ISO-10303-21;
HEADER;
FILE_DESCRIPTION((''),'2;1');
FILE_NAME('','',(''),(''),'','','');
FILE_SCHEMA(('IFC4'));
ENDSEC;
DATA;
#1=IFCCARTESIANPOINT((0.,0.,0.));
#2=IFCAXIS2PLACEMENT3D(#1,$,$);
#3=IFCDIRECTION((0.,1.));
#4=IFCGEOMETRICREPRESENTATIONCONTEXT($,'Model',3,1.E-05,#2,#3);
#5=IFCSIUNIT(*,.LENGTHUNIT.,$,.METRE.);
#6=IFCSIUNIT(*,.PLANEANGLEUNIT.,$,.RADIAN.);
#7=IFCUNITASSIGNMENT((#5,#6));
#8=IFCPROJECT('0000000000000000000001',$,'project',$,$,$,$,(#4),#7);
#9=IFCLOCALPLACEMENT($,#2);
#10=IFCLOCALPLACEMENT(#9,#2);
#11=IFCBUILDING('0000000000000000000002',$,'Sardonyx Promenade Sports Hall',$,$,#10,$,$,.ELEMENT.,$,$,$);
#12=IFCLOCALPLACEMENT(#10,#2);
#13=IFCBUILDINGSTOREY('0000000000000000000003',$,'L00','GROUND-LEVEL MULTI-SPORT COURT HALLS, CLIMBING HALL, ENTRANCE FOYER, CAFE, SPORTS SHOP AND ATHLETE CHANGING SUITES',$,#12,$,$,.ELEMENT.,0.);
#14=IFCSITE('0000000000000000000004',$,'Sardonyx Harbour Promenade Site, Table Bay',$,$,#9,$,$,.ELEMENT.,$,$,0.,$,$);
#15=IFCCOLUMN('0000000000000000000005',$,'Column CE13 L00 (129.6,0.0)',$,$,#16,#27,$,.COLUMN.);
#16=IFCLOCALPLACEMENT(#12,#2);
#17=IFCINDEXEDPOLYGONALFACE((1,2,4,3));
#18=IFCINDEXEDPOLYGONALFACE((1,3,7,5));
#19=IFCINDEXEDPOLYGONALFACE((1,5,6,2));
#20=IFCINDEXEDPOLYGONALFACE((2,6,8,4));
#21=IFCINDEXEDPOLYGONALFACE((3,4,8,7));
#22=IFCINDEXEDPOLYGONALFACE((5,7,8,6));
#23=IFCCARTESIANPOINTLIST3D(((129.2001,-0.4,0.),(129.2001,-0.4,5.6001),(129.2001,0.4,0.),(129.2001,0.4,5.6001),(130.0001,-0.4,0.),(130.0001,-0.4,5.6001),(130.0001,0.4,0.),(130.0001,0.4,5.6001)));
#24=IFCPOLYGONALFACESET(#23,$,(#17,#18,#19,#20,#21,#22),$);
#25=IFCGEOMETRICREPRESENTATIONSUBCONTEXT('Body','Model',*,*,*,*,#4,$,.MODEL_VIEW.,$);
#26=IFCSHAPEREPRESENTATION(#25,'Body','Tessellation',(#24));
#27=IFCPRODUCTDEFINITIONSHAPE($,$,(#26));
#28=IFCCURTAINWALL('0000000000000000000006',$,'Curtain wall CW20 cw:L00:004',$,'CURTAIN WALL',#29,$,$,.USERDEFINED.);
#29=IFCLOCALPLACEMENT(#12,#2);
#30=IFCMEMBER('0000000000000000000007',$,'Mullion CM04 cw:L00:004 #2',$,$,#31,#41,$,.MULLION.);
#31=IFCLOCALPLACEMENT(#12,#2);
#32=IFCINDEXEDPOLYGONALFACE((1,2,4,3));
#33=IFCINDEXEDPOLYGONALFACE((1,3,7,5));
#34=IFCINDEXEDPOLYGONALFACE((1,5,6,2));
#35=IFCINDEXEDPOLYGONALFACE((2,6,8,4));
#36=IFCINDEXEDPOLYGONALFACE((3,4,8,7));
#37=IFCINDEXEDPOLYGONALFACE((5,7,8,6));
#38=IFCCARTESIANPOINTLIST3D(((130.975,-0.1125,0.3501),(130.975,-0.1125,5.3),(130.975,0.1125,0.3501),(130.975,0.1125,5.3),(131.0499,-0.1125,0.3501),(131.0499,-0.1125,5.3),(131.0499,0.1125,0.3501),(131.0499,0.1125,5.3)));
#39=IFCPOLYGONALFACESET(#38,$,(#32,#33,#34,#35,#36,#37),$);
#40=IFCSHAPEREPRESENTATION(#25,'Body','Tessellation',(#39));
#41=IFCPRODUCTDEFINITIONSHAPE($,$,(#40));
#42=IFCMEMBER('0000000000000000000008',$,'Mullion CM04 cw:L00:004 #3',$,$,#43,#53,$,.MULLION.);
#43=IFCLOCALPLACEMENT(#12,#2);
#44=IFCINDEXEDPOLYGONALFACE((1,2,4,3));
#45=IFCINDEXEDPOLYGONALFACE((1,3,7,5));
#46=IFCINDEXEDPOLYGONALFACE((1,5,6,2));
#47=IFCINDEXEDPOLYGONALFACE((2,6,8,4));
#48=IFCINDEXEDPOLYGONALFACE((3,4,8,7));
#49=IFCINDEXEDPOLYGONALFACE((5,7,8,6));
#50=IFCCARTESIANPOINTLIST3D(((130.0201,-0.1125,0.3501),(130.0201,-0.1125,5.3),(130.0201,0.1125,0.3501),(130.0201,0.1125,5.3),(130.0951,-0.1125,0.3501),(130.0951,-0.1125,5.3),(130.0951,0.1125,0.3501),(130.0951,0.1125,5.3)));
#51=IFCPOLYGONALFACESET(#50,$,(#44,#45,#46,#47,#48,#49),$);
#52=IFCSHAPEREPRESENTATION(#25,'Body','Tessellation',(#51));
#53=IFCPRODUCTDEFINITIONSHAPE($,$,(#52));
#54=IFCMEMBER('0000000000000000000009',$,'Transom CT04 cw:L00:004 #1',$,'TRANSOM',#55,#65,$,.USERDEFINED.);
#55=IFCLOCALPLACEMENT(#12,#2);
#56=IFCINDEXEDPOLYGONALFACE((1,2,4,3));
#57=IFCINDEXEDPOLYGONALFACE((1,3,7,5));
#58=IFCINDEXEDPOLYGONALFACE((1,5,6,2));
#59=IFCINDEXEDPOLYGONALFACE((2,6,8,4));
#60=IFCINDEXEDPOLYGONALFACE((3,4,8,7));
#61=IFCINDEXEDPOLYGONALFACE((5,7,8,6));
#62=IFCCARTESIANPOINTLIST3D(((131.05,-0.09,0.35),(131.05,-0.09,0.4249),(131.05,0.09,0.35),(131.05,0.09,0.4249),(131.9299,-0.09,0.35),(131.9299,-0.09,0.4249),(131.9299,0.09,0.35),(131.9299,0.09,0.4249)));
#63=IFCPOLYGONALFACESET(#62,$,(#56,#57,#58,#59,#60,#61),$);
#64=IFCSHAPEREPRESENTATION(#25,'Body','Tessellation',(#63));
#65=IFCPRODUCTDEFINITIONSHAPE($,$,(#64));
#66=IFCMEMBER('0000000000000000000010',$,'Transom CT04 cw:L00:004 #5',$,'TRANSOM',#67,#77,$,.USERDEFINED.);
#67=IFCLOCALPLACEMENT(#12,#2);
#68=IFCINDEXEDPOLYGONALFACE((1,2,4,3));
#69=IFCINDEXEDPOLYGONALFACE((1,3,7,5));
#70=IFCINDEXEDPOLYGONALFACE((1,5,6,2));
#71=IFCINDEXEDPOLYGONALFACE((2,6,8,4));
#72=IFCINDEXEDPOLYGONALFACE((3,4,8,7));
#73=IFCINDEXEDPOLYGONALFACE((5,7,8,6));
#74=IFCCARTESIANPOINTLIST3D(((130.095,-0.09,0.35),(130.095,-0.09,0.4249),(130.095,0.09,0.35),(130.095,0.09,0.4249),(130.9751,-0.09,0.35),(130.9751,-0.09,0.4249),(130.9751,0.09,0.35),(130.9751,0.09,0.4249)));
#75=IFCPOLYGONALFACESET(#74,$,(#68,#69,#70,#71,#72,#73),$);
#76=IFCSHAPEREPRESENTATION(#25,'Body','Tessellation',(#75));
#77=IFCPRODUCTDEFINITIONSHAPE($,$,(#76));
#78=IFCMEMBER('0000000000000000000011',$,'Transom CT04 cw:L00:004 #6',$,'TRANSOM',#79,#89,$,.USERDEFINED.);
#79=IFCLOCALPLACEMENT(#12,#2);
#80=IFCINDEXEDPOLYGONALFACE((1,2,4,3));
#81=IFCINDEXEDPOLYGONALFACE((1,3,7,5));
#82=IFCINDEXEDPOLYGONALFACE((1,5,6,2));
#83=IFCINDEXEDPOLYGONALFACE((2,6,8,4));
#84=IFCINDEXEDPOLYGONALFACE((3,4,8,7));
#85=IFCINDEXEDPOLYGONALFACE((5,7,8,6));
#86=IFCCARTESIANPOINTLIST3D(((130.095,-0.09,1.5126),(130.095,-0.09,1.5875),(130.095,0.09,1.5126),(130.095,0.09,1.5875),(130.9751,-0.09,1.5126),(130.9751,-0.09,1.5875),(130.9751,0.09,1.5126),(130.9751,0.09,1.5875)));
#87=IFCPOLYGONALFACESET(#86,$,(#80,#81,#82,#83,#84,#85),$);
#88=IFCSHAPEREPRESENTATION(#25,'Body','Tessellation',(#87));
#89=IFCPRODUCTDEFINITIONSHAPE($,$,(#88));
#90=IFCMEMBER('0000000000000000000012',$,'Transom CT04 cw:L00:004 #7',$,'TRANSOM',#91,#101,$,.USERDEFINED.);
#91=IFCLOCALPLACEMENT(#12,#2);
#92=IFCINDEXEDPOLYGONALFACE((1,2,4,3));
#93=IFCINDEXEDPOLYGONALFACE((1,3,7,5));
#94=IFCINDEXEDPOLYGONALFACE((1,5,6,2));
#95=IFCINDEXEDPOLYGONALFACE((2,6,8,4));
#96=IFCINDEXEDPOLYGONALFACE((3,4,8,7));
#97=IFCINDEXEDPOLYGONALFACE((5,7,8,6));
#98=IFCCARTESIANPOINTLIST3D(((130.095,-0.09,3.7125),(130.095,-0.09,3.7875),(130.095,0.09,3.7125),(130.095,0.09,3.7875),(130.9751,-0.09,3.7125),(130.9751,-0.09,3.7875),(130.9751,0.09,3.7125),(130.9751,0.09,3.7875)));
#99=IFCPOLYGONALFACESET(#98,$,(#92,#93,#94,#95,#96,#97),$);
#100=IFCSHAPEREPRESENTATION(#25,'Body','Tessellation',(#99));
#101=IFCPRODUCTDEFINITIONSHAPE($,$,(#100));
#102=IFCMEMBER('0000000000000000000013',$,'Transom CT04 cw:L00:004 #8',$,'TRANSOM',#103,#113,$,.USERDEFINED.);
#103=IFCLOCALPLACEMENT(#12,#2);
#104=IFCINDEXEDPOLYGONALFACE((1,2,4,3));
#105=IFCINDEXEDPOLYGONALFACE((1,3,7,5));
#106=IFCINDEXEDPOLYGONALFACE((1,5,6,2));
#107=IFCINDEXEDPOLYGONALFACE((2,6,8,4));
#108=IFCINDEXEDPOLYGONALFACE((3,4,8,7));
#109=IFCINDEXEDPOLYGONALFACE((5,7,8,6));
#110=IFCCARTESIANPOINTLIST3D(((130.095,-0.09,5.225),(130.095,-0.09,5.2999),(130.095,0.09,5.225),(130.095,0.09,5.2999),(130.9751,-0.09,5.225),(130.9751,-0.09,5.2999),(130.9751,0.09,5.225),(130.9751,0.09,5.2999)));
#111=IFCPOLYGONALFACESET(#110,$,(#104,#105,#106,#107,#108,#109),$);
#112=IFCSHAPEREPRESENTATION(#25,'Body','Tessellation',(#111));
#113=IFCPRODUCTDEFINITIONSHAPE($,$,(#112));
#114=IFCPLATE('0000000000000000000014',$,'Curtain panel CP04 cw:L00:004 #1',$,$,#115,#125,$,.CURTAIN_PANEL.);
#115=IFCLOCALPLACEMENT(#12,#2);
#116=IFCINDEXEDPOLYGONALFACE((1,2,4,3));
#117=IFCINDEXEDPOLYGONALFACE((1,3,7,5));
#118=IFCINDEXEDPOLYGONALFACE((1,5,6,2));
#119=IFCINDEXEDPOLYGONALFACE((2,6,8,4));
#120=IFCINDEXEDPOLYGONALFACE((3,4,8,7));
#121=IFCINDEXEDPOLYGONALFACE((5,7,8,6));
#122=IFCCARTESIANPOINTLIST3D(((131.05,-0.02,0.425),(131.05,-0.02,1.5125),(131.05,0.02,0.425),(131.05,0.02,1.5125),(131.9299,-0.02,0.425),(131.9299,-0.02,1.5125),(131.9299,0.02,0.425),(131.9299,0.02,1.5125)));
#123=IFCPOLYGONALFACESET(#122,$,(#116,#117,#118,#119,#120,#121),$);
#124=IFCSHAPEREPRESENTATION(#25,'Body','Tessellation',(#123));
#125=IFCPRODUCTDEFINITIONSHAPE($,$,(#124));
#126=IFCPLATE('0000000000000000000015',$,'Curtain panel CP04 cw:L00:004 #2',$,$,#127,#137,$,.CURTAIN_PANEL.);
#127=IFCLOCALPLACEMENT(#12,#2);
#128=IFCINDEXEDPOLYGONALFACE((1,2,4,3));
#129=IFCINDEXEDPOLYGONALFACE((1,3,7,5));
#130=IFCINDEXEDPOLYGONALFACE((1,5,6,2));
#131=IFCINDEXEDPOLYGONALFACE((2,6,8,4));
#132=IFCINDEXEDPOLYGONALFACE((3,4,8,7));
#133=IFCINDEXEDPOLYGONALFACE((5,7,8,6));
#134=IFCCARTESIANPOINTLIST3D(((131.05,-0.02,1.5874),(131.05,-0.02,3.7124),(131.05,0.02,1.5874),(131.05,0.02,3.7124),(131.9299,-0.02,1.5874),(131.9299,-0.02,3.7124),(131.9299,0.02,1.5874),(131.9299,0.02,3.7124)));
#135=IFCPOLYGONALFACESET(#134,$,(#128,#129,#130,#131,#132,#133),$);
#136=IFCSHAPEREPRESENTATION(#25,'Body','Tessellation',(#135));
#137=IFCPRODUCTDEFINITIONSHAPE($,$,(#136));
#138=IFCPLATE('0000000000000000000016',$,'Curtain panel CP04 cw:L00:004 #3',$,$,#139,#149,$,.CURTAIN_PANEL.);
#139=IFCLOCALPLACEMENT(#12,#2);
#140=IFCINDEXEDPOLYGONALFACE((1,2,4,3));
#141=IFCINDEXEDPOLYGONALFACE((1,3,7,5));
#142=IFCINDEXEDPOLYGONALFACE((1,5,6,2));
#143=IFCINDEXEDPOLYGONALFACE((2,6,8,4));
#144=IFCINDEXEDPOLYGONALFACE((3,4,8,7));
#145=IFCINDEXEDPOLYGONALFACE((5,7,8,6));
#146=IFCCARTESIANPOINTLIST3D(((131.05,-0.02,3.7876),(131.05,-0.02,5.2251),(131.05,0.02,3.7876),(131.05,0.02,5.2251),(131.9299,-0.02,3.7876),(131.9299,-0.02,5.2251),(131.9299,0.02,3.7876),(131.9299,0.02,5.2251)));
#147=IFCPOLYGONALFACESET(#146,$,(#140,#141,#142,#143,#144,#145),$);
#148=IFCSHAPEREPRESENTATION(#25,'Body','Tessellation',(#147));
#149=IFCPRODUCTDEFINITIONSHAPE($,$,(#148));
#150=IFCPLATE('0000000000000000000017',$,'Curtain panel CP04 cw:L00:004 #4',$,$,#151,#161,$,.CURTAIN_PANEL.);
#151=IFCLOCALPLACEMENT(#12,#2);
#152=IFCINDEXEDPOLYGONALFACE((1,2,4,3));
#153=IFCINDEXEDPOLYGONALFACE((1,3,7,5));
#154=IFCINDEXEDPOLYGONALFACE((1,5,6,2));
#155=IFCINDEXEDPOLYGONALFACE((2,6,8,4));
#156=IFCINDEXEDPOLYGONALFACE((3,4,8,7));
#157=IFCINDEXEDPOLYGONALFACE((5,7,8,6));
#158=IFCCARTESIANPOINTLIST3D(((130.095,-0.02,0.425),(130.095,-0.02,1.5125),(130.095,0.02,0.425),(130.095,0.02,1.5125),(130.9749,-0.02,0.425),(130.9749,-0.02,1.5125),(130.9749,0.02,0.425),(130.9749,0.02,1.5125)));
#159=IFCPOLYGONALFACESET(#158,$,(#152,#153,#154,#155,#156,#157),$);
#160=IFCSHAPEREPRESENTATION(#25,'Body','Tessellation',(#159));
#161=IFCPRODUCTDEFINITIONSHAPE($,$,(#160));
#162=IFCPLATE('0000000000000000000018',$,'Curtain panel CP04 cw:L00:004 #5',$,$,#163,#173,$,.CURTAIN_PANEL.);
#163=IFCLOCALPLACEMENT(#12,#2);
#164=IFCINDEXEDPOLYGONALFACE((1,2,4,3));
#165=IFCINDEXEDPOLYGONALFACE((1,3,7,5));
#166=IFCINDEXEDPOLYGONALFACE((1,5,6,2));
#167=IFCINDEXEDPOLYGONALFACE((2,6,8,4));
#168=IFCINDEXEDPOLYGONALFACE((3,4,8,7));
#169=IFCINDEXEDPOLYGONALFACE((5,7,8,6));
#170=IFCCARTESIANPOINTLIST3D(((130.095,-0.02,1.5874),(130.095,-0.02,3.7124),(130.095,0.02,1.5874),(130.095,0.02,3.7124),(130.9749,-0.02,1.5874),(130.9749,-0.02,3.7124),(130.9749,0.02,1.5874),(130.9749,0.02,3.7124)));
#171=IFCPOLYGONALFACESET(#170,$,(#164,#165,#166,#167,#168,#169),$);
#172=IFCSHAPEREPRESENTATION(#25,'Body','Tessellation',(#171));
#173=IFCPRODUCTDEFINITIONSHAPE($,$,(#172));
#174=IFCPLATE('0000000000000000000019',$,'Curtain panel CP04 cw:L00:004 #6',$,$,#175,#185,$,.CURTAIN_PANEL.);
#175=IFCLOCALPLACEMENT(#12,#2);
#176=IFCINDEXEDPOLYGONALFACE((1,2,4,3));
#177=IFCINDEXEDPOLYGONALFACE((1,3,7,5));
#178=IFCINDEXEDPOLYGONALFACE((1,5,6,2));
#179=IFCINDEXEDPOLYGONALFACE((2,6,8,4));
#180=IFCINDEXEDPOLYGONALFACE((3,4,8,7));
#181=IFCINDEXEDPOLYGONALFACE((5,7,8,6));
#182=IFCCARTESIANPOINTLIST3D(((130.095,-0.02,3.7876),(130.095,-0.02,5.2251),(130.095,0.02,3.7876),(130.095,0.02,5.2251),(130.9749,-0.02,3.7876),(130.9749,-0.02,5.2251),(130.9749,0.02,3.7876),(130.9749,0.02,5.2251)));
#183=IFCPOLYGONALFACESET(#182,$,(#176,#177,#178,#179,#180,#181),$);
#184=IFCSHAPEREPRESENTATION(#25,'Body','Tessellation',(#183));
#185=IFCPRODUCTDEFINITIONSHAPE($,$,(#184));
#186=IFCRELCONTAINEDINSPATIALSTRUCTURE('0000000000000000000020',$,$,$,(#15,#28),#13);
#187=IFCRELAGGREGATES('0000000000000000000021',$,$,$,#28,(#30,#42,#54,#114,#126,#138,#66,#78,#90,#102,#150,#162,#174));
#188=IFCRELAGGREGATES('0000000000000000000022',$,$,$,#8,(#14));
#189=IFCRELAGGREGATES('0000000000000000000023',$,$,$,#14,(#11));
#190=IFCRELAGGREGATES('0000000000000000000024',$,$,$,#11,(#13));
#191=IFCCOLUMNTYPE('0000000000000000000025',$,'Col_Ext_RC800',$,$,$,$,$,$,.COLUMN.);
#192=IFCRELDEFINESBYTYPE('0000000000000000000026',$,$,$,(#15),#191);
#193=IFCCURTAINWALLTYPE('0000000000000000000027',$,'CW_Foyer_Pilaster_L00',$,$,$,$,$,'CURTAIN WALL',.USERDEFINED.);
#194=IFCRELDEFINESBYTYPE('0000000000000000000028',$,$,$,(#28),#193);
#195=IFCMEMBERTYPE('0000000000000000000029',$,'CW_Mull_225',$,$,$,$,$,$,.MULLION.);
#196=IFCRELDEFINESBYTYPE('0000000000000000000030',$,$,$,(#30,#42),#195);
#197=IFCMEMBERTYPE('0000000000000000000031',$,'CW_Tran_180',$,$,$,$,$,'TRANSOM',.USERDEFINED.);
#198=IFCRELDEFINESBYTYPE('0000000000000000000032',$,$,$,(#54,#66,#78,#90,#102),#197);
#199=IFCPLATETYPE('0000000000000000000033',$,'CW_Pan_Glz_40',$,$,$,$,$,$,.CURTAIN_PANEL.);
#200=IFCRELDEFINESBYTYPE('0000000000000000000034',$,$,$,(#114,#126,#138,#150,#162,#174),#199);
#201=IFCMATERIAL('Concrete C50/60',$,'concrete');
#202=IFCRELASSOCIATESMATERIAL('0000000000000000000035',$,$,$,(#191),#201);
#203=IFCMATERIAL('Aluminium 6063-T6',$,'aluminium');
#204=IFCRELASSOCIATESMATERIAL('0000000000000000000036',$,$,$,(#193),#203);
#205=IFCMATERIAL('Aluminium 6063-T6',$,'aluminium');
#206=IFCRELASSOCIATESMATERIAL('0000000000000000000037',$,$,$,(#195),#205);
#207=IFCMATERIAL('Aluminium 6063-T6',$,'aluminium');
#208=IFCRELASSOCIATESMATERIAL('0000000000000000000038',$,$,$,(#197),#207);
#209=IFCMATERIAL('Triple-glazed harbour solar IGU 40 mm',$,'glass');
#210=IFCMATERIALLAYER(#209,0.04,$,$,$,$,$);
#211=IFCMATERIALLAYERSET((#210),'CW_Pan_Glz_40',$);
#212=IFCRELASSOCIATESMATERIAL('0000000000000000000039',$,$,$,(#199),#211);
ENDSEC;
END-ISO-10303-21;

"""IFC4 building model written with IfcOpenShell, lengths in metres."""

from ifc_helpers import new_model, si_unit, direction, frame, origin, origin_2d, place, context, subcontext, project, spatial, rectangle, extrude, material, layer, layer_set, material_profile, profile_set, type_object, element, aggregate, save


model = new_model("IFC4")

# Units and contexts
model_context = context("Model", 3, precision=1e-05, world=origin(), true_north=direction((0.0, 1.0)))
body_context = subcontext(model_context, "Body", "Model", "MODEL_VIEW")
ifc_project = project(units=[si_unit("LENGTHUNIT", "METRE"), si_unit("PLANEANGLEUNIT", "RADIAN")], contexts=[model_context])

# Site, building, storey
site_placement = place(None, origin())
site = spatial("IfcSite", under=ifc_project, at=site_placement, Name="Sardonyx Harbour Promenade Site, Table Bay", CompositionType="ELEMENT", RefElevation=0.0)
building_placement = place(site_placement, origin())
building = spatial("IfcBuilding", under=site, at=building_placement, Name="Sardonyx Promenade Sports Hall", CompositionType="ELEMENT")
storey_placement = place(building_placement, origin())
storey = spatial("IfcBuildingStorey", under=building, at=storey_placement, Name="L00", Description="GROUND-LEVEL MULTI-SPORT COURT HALLS, CLIMBING HALL, ENTRANCE FOYER, CAFE, SPORTS SHOP AND ATHLETE CHANGING SUITES", CompositionType="ELEMENT", Elevation=0.0)

# Column
ifc_material_1 = material(Name="Concrete C50/60", Category="concrete")
ifc_material_profile_1 = material_profile(ifc_material_1, rectangle(XDim=0.8, YDim=0.8, at=origin_2d()))
ifc_profile_set_1 = profile_set([ifc_material_profile_1], Name="Concrete C50/60")
column_type = type_object("IfcColumnType", Name="Col_Ext_RC800", PredefinedType="COLUMN", material=ifc_profile_set_1)
column_placement = place(storey_placement, frame((129.6001, 0.0, 0.0), z_axis=(0.0, 0.0, 1.0), x_axis=(1.0, 0.0, 0.0)))
element("IfcColumn", 1, at=column_placement, inside=storey, type_object=column_type, Name="Column CE13 L00 (129.6,0.0)", PredefinedType="COLUMN", context=body_context, shape_type="SweptSolid", body=[
    extrude(rectangle(XDim=0.8, YDim=0.8, at=origin_2d()), origin(), (0.0, 0.0, 1.0), 5.6001),
])

# Curtain wall, members, plates
ifc_material_2 = material(Name="Aluminium 6063-T6", Category="aluminium")
curtain_wall_type = type_object("IfcCurtainWallType", Name="CW_Foyer_Pilaster_L00", ElementType="CURTAIN WALL", PredefinedType="USERDEFINED", material=ifc_material_2)
curtain_wall_placement = place(storey_placement, origin())
curtain_wall = element("IfcCurtainWall", 2, at=curtain_wall_placement, inside=storey, type_object=curtain_wall_type, Name="Curtain wall CW20 cw:L00:004", ObjectType="CURTAIN WALL", PredefinedType="USERDEFINED")
ifc_material_3 = material(Name="Aluminium 6063-T6", Category="aluminium")
ifc_material_profile_2 = material_profile(ifc_material_3, rectangle(XDim=0.075, YDim=0.2251, at=origin_2d()))
ifc_profile_set_2 = profile_set([ifc_material_profile_2], Name="Aluminium 6063-T6")
member_type_1 = type_object("IfcMemberType", Name="CW_Mull_225", PredefinedType="MULLION", material=ifc_profile_set_2)
member_1_placement = place(storey_placement, frame((131.0125, 0.0, 0.3501), z_axis=(0.0, 0.0, 1.0), x_axis=(-1.0, 0.0, 0.0)))
member_1 = element("IfcMember", 3, at=member_1_placement, type_object=member_type_1, Name="Mullion CM04 cw:L00:004 #2", PredefinedType="MULLION", context=body_context, shape_type="SweptSolid", body=[
    extrude(rectangle(XDim=0.075, YDim=0.2251, at=origin_2d()), origin(), (0.0, 0.0, 1.0), 4.95),
])
member_2_placement = place(storey_placement, frame((130.0576, 0.0, 0.3501), z_axis=(0.0, 0.0, 1.0), x_axis=(-1.0, 0.0, 0.0)))
member_2 = element("IfcMember", 4, at=member_2_placement, type_object=member_type_1, Name="Mullion CM04 cw:L00:004 #3", PredefinedType="MULLION", context=body_context, shape_type="SweptSolid", body=[
    extrude(rectangle(XDim=0.075, YDim=0.2251, at=origin_2d()), origin(), (0.0, 0.0, 1.0), 4.95),
])
ifc_material_4 = material(Name="Aluminium 6063-T6", Category="aluminium")
ifc_material_profile_3 = material_profile(ifc_material_4, rectangle(XDim=0.075, YDim=0.1799, at=origin_2d()))
ifc_profile_set_3 = profile_set([ifc_material_profile_3], Name="Aluminium 6063-T6")
member_type_2 = type_object("IfcMemberType", Name="CW_Tran_180", ElementType="TRANSOM", PredefinedType="USERDEFINED", material=ifc_profile_set_3)
member_3_placement = place(storey_placement, frame((131.9299, 0.0, 0.3875), z_axis=(-1.0, 0.0, 0.0), x_axis=(0.0, 0.0, 1.0)))
member_3 = element("IfcMember", 5, at=member_3_placement, type_object=member_type_2, Name="Transom CT04 cw:L00:004 #1", ObjectType="TRANSOM", PredefinedType="USERDEFINED", context=body_context, shape_type="SweptSolid", body=[
    extrude(rectangle(XDim=0.075, YDim=0.1799, at=origin_2d()), origin(), (0.0, 0.0, 1.0), 0.8799),
])
member_4_placement = place(storey_placement, frame((130.9751, 0.0, 0.3875), z_axis=(-1.0, 0.0, 0.0), x_axis=(0.0, 0.0, 1.0)))
member_4 = element("IfcMember", 6, at=member_4_placement, type_object=member_type_2, Name="Transom CT04 cw:L00:004 #5", ObjectType="TRANSOM", PredefinedType="USERDEFINED", context=body_context, shape_type="SweptSolid", body=[
    extrude(rectangle(XDim=0.075, YDim=0.1799, at=origin_2d()), origin(), (0.0, 0.0, 1.0), 0.8801),
])
member_5_placement = place(storey_placement, frame((130.9751, 0.0, 1.55), z_axis=(-1.0, 0.0, 0.0), x_axis=(0.0, 0.0, 1.0)))
member_5 = element("IfcMember", 7, at=member_5_placement, type_object=member_type_2, Name="Transom CT04 cw:L00:004 #6", ObjectType="TRANSOM", PredefinedType="USERDEFINED", context=body_context, shape_type="SweptSolid", body=[
    extrude(rectangle(XDim=0.075, YDim=0.1799, at=origin_2d()), origin(), (0.0, 0.0, 1.0), 0.8801),
])
member_6_placement = place(storey_placement, frame((130.9751, 0.0, 3.75), z_axis=(-1.0, 0.0, 0.0), x_axis=(0.0, 0.0, 1.0)))
member_6 = element("IfcMember", 8, at=member_6_placement, type_object=member_type_2, Name="Transom CT04 cw:L00:004 #7", ObjectType="TRANSOM", PredefinedType="USERDEFINED", context=body_context, shape_type="SweptSolid", body=[
    extrude(rectangle(XDim=0.075, YDim=0.1799, at=origin_2d()), origin(), (0.0, 0.0, 1.0), 0.8801),
])
member_7_placement = place(storey_placement, frame((130.9751, 0.0, 5.2625), z_axis=(-1.0, 0.0, 0.0), x_axis=(0.0, 0.0, 1.0)))
member_7 = element("IfcMember", 9, at=member_7_placement, type_object=member_type_2, Name="Transom CT04 cw:L00:004 #8", ObjectType="TRANSOM", PredefinedType="USERDEFINED", context=body_context, shape_type="SweptSolid", body=[
    extrude(rectangle(XDim=0.075, YDim=0.1799, at=origin_2d()), origin(), (0.0, 0.0, 1.0), 0.8801),
])
ifc_material_5 = material(Name="Triple-glazed harbour solar IGU 40 mm", Category="glass")
ifc_layer_1 = layer(ifc_material_5, 0.04)
ifc_layer_set_1 = layer_set([ifc_layer_1], Name="CW_Pan_Glz_40")
plate_type = type_object("IfcPlateType", Name="CW_Pan_Glz_40", PredefinedType="CURTAIN_PANEL", material=ifc_layer_set_1)
plate_1_placement = place(storey_placement, frame((131.49, 0.0, 0.425), z_axis=(0.0, 0.0, 1.0), x_axis=(-1.0, 0.0, 0.0)))
plate_1 = element("IfcPlate", 10, at=plate_1_placement, type_object=plate_type, Name="Curtain panel CP04 cw:L00:004 #1", PredefinedType="CURTAIN_PANEL", context=body_context, shape_type="SweptSolid", body=[
    extrude(rectangle(XDim=0.8799, YDim=0.04, at=origin_2d()), origin(), (0.0, 0.0, 1.0), 1.0874),
])
plate_2_placement = place(storey_placement, frame((131.49, 0.0, 1.5874), z_axis=(0.0, 0.0, 1.0), x_axis=(-1.0, 0.0, 0.0)))
plate_2 = element("IfcPlate", 11, at=plate_2_placement, type_object=plate_type, Name="Curtain panel CP04 cw:L00:004 #2", PredefinedType="CURTAIN_PANEL", context=body_context, shape_type="SweptSolid", body=[
    extrude(rectangle(XDim=0.8799, YDim=0.04, at=origin_2d()), origin(), (0.0, 0.0, 1.0), 2.125),
])
plate_3_placement = place(storey_placement, frame((131.49, 0.0, 3.7876), z_axis=(0.0, 0.0, 1.0), x_axis=(-1.0, 0.0, 0.0)))
plate_3 = element("IfcPlate", 12, at=plate_3_placement, type_object=plate_type, Name="Curtain panel CP04 cw:L00:004 #3", PredefinedType="CURTAIN_PANEL", context=body_context, shape_type="SweptSolid", body=[
    extrude(rectangle(XDim=0.8799, YDim=0.04, at=origin_2d()), origin(), (0.0, 0.0, 1.0), 1.4375),
])
plate_4_placement = place(storey_placement, frame((130.5349, 0.0, 0.425), z_axis=(0.0, 0.0, 1.0), x_axis=(-1.0, 0.0, 0.0)))
plate_4 = element("IfcPlate", 13, at=plate_4_placement, type_object=plate_type, Name="Curtain panel CP04 cw:L00:004 #4", PredefinedType="CURTAIN_PANEL", context=body_context, shape_type="SweptSolid", body=[
    extrude(rectangle(XDim=0.8799, YDim=0.04, at=origin_2d()), origin(), (0.0, 0.0, 1.0), 1.0874),
])
plate_5_placement = place(storey_placement, frame((130.5349, 0.0, 1.5874), z_axis=(0.0, 0.0, 1.0), x_axis=(-1.0, 0.0, 0.0)))
plate_5 = element("IfcPlate", 14, at=plate_5_placement, type_object=plate_type, Name="Curtain panel CP04 cw:L00:004 #5", PredefinedType="CURTAIN_PANEL", context=body_context, shape_type="SweptSolid", body=[
    extrude(rectangle(XDim=0.8799, YDim=0.04, at=origin_2d()), origin(), (0.0, 0.0, 1.0), 2.125),
])
plate_6_placement = place(storey_placement, frame((130.5349, 0.0, 3.7876), z_axis=(0.0, 0.0, 1.0), x_axis=(-1.0, 0.0, 0.0)))
plate_6 = element("IfcPlate", 15, at=plate_6_placement, type_object=plate_type, Name="Curtain panel CP04 cw:L00:004 #6", PredefinedType="CURTAIN_PANEL", context=body_context, shape_type="SweptSolid", body=[
    extrude(rectangle(XDim=0.8799, YDim=0.04, at=origin_2d()), origin(), (0.0, 0.0, 1.0), 1.4375),
])
aggregate(curtain_wall, [member_1, member_2, member_3, plate_1, plate_2, plate_3, member_4, member_5, member_6, member_7, plate_4, plate_5, plate_6])

save(model, "model.ifc")
